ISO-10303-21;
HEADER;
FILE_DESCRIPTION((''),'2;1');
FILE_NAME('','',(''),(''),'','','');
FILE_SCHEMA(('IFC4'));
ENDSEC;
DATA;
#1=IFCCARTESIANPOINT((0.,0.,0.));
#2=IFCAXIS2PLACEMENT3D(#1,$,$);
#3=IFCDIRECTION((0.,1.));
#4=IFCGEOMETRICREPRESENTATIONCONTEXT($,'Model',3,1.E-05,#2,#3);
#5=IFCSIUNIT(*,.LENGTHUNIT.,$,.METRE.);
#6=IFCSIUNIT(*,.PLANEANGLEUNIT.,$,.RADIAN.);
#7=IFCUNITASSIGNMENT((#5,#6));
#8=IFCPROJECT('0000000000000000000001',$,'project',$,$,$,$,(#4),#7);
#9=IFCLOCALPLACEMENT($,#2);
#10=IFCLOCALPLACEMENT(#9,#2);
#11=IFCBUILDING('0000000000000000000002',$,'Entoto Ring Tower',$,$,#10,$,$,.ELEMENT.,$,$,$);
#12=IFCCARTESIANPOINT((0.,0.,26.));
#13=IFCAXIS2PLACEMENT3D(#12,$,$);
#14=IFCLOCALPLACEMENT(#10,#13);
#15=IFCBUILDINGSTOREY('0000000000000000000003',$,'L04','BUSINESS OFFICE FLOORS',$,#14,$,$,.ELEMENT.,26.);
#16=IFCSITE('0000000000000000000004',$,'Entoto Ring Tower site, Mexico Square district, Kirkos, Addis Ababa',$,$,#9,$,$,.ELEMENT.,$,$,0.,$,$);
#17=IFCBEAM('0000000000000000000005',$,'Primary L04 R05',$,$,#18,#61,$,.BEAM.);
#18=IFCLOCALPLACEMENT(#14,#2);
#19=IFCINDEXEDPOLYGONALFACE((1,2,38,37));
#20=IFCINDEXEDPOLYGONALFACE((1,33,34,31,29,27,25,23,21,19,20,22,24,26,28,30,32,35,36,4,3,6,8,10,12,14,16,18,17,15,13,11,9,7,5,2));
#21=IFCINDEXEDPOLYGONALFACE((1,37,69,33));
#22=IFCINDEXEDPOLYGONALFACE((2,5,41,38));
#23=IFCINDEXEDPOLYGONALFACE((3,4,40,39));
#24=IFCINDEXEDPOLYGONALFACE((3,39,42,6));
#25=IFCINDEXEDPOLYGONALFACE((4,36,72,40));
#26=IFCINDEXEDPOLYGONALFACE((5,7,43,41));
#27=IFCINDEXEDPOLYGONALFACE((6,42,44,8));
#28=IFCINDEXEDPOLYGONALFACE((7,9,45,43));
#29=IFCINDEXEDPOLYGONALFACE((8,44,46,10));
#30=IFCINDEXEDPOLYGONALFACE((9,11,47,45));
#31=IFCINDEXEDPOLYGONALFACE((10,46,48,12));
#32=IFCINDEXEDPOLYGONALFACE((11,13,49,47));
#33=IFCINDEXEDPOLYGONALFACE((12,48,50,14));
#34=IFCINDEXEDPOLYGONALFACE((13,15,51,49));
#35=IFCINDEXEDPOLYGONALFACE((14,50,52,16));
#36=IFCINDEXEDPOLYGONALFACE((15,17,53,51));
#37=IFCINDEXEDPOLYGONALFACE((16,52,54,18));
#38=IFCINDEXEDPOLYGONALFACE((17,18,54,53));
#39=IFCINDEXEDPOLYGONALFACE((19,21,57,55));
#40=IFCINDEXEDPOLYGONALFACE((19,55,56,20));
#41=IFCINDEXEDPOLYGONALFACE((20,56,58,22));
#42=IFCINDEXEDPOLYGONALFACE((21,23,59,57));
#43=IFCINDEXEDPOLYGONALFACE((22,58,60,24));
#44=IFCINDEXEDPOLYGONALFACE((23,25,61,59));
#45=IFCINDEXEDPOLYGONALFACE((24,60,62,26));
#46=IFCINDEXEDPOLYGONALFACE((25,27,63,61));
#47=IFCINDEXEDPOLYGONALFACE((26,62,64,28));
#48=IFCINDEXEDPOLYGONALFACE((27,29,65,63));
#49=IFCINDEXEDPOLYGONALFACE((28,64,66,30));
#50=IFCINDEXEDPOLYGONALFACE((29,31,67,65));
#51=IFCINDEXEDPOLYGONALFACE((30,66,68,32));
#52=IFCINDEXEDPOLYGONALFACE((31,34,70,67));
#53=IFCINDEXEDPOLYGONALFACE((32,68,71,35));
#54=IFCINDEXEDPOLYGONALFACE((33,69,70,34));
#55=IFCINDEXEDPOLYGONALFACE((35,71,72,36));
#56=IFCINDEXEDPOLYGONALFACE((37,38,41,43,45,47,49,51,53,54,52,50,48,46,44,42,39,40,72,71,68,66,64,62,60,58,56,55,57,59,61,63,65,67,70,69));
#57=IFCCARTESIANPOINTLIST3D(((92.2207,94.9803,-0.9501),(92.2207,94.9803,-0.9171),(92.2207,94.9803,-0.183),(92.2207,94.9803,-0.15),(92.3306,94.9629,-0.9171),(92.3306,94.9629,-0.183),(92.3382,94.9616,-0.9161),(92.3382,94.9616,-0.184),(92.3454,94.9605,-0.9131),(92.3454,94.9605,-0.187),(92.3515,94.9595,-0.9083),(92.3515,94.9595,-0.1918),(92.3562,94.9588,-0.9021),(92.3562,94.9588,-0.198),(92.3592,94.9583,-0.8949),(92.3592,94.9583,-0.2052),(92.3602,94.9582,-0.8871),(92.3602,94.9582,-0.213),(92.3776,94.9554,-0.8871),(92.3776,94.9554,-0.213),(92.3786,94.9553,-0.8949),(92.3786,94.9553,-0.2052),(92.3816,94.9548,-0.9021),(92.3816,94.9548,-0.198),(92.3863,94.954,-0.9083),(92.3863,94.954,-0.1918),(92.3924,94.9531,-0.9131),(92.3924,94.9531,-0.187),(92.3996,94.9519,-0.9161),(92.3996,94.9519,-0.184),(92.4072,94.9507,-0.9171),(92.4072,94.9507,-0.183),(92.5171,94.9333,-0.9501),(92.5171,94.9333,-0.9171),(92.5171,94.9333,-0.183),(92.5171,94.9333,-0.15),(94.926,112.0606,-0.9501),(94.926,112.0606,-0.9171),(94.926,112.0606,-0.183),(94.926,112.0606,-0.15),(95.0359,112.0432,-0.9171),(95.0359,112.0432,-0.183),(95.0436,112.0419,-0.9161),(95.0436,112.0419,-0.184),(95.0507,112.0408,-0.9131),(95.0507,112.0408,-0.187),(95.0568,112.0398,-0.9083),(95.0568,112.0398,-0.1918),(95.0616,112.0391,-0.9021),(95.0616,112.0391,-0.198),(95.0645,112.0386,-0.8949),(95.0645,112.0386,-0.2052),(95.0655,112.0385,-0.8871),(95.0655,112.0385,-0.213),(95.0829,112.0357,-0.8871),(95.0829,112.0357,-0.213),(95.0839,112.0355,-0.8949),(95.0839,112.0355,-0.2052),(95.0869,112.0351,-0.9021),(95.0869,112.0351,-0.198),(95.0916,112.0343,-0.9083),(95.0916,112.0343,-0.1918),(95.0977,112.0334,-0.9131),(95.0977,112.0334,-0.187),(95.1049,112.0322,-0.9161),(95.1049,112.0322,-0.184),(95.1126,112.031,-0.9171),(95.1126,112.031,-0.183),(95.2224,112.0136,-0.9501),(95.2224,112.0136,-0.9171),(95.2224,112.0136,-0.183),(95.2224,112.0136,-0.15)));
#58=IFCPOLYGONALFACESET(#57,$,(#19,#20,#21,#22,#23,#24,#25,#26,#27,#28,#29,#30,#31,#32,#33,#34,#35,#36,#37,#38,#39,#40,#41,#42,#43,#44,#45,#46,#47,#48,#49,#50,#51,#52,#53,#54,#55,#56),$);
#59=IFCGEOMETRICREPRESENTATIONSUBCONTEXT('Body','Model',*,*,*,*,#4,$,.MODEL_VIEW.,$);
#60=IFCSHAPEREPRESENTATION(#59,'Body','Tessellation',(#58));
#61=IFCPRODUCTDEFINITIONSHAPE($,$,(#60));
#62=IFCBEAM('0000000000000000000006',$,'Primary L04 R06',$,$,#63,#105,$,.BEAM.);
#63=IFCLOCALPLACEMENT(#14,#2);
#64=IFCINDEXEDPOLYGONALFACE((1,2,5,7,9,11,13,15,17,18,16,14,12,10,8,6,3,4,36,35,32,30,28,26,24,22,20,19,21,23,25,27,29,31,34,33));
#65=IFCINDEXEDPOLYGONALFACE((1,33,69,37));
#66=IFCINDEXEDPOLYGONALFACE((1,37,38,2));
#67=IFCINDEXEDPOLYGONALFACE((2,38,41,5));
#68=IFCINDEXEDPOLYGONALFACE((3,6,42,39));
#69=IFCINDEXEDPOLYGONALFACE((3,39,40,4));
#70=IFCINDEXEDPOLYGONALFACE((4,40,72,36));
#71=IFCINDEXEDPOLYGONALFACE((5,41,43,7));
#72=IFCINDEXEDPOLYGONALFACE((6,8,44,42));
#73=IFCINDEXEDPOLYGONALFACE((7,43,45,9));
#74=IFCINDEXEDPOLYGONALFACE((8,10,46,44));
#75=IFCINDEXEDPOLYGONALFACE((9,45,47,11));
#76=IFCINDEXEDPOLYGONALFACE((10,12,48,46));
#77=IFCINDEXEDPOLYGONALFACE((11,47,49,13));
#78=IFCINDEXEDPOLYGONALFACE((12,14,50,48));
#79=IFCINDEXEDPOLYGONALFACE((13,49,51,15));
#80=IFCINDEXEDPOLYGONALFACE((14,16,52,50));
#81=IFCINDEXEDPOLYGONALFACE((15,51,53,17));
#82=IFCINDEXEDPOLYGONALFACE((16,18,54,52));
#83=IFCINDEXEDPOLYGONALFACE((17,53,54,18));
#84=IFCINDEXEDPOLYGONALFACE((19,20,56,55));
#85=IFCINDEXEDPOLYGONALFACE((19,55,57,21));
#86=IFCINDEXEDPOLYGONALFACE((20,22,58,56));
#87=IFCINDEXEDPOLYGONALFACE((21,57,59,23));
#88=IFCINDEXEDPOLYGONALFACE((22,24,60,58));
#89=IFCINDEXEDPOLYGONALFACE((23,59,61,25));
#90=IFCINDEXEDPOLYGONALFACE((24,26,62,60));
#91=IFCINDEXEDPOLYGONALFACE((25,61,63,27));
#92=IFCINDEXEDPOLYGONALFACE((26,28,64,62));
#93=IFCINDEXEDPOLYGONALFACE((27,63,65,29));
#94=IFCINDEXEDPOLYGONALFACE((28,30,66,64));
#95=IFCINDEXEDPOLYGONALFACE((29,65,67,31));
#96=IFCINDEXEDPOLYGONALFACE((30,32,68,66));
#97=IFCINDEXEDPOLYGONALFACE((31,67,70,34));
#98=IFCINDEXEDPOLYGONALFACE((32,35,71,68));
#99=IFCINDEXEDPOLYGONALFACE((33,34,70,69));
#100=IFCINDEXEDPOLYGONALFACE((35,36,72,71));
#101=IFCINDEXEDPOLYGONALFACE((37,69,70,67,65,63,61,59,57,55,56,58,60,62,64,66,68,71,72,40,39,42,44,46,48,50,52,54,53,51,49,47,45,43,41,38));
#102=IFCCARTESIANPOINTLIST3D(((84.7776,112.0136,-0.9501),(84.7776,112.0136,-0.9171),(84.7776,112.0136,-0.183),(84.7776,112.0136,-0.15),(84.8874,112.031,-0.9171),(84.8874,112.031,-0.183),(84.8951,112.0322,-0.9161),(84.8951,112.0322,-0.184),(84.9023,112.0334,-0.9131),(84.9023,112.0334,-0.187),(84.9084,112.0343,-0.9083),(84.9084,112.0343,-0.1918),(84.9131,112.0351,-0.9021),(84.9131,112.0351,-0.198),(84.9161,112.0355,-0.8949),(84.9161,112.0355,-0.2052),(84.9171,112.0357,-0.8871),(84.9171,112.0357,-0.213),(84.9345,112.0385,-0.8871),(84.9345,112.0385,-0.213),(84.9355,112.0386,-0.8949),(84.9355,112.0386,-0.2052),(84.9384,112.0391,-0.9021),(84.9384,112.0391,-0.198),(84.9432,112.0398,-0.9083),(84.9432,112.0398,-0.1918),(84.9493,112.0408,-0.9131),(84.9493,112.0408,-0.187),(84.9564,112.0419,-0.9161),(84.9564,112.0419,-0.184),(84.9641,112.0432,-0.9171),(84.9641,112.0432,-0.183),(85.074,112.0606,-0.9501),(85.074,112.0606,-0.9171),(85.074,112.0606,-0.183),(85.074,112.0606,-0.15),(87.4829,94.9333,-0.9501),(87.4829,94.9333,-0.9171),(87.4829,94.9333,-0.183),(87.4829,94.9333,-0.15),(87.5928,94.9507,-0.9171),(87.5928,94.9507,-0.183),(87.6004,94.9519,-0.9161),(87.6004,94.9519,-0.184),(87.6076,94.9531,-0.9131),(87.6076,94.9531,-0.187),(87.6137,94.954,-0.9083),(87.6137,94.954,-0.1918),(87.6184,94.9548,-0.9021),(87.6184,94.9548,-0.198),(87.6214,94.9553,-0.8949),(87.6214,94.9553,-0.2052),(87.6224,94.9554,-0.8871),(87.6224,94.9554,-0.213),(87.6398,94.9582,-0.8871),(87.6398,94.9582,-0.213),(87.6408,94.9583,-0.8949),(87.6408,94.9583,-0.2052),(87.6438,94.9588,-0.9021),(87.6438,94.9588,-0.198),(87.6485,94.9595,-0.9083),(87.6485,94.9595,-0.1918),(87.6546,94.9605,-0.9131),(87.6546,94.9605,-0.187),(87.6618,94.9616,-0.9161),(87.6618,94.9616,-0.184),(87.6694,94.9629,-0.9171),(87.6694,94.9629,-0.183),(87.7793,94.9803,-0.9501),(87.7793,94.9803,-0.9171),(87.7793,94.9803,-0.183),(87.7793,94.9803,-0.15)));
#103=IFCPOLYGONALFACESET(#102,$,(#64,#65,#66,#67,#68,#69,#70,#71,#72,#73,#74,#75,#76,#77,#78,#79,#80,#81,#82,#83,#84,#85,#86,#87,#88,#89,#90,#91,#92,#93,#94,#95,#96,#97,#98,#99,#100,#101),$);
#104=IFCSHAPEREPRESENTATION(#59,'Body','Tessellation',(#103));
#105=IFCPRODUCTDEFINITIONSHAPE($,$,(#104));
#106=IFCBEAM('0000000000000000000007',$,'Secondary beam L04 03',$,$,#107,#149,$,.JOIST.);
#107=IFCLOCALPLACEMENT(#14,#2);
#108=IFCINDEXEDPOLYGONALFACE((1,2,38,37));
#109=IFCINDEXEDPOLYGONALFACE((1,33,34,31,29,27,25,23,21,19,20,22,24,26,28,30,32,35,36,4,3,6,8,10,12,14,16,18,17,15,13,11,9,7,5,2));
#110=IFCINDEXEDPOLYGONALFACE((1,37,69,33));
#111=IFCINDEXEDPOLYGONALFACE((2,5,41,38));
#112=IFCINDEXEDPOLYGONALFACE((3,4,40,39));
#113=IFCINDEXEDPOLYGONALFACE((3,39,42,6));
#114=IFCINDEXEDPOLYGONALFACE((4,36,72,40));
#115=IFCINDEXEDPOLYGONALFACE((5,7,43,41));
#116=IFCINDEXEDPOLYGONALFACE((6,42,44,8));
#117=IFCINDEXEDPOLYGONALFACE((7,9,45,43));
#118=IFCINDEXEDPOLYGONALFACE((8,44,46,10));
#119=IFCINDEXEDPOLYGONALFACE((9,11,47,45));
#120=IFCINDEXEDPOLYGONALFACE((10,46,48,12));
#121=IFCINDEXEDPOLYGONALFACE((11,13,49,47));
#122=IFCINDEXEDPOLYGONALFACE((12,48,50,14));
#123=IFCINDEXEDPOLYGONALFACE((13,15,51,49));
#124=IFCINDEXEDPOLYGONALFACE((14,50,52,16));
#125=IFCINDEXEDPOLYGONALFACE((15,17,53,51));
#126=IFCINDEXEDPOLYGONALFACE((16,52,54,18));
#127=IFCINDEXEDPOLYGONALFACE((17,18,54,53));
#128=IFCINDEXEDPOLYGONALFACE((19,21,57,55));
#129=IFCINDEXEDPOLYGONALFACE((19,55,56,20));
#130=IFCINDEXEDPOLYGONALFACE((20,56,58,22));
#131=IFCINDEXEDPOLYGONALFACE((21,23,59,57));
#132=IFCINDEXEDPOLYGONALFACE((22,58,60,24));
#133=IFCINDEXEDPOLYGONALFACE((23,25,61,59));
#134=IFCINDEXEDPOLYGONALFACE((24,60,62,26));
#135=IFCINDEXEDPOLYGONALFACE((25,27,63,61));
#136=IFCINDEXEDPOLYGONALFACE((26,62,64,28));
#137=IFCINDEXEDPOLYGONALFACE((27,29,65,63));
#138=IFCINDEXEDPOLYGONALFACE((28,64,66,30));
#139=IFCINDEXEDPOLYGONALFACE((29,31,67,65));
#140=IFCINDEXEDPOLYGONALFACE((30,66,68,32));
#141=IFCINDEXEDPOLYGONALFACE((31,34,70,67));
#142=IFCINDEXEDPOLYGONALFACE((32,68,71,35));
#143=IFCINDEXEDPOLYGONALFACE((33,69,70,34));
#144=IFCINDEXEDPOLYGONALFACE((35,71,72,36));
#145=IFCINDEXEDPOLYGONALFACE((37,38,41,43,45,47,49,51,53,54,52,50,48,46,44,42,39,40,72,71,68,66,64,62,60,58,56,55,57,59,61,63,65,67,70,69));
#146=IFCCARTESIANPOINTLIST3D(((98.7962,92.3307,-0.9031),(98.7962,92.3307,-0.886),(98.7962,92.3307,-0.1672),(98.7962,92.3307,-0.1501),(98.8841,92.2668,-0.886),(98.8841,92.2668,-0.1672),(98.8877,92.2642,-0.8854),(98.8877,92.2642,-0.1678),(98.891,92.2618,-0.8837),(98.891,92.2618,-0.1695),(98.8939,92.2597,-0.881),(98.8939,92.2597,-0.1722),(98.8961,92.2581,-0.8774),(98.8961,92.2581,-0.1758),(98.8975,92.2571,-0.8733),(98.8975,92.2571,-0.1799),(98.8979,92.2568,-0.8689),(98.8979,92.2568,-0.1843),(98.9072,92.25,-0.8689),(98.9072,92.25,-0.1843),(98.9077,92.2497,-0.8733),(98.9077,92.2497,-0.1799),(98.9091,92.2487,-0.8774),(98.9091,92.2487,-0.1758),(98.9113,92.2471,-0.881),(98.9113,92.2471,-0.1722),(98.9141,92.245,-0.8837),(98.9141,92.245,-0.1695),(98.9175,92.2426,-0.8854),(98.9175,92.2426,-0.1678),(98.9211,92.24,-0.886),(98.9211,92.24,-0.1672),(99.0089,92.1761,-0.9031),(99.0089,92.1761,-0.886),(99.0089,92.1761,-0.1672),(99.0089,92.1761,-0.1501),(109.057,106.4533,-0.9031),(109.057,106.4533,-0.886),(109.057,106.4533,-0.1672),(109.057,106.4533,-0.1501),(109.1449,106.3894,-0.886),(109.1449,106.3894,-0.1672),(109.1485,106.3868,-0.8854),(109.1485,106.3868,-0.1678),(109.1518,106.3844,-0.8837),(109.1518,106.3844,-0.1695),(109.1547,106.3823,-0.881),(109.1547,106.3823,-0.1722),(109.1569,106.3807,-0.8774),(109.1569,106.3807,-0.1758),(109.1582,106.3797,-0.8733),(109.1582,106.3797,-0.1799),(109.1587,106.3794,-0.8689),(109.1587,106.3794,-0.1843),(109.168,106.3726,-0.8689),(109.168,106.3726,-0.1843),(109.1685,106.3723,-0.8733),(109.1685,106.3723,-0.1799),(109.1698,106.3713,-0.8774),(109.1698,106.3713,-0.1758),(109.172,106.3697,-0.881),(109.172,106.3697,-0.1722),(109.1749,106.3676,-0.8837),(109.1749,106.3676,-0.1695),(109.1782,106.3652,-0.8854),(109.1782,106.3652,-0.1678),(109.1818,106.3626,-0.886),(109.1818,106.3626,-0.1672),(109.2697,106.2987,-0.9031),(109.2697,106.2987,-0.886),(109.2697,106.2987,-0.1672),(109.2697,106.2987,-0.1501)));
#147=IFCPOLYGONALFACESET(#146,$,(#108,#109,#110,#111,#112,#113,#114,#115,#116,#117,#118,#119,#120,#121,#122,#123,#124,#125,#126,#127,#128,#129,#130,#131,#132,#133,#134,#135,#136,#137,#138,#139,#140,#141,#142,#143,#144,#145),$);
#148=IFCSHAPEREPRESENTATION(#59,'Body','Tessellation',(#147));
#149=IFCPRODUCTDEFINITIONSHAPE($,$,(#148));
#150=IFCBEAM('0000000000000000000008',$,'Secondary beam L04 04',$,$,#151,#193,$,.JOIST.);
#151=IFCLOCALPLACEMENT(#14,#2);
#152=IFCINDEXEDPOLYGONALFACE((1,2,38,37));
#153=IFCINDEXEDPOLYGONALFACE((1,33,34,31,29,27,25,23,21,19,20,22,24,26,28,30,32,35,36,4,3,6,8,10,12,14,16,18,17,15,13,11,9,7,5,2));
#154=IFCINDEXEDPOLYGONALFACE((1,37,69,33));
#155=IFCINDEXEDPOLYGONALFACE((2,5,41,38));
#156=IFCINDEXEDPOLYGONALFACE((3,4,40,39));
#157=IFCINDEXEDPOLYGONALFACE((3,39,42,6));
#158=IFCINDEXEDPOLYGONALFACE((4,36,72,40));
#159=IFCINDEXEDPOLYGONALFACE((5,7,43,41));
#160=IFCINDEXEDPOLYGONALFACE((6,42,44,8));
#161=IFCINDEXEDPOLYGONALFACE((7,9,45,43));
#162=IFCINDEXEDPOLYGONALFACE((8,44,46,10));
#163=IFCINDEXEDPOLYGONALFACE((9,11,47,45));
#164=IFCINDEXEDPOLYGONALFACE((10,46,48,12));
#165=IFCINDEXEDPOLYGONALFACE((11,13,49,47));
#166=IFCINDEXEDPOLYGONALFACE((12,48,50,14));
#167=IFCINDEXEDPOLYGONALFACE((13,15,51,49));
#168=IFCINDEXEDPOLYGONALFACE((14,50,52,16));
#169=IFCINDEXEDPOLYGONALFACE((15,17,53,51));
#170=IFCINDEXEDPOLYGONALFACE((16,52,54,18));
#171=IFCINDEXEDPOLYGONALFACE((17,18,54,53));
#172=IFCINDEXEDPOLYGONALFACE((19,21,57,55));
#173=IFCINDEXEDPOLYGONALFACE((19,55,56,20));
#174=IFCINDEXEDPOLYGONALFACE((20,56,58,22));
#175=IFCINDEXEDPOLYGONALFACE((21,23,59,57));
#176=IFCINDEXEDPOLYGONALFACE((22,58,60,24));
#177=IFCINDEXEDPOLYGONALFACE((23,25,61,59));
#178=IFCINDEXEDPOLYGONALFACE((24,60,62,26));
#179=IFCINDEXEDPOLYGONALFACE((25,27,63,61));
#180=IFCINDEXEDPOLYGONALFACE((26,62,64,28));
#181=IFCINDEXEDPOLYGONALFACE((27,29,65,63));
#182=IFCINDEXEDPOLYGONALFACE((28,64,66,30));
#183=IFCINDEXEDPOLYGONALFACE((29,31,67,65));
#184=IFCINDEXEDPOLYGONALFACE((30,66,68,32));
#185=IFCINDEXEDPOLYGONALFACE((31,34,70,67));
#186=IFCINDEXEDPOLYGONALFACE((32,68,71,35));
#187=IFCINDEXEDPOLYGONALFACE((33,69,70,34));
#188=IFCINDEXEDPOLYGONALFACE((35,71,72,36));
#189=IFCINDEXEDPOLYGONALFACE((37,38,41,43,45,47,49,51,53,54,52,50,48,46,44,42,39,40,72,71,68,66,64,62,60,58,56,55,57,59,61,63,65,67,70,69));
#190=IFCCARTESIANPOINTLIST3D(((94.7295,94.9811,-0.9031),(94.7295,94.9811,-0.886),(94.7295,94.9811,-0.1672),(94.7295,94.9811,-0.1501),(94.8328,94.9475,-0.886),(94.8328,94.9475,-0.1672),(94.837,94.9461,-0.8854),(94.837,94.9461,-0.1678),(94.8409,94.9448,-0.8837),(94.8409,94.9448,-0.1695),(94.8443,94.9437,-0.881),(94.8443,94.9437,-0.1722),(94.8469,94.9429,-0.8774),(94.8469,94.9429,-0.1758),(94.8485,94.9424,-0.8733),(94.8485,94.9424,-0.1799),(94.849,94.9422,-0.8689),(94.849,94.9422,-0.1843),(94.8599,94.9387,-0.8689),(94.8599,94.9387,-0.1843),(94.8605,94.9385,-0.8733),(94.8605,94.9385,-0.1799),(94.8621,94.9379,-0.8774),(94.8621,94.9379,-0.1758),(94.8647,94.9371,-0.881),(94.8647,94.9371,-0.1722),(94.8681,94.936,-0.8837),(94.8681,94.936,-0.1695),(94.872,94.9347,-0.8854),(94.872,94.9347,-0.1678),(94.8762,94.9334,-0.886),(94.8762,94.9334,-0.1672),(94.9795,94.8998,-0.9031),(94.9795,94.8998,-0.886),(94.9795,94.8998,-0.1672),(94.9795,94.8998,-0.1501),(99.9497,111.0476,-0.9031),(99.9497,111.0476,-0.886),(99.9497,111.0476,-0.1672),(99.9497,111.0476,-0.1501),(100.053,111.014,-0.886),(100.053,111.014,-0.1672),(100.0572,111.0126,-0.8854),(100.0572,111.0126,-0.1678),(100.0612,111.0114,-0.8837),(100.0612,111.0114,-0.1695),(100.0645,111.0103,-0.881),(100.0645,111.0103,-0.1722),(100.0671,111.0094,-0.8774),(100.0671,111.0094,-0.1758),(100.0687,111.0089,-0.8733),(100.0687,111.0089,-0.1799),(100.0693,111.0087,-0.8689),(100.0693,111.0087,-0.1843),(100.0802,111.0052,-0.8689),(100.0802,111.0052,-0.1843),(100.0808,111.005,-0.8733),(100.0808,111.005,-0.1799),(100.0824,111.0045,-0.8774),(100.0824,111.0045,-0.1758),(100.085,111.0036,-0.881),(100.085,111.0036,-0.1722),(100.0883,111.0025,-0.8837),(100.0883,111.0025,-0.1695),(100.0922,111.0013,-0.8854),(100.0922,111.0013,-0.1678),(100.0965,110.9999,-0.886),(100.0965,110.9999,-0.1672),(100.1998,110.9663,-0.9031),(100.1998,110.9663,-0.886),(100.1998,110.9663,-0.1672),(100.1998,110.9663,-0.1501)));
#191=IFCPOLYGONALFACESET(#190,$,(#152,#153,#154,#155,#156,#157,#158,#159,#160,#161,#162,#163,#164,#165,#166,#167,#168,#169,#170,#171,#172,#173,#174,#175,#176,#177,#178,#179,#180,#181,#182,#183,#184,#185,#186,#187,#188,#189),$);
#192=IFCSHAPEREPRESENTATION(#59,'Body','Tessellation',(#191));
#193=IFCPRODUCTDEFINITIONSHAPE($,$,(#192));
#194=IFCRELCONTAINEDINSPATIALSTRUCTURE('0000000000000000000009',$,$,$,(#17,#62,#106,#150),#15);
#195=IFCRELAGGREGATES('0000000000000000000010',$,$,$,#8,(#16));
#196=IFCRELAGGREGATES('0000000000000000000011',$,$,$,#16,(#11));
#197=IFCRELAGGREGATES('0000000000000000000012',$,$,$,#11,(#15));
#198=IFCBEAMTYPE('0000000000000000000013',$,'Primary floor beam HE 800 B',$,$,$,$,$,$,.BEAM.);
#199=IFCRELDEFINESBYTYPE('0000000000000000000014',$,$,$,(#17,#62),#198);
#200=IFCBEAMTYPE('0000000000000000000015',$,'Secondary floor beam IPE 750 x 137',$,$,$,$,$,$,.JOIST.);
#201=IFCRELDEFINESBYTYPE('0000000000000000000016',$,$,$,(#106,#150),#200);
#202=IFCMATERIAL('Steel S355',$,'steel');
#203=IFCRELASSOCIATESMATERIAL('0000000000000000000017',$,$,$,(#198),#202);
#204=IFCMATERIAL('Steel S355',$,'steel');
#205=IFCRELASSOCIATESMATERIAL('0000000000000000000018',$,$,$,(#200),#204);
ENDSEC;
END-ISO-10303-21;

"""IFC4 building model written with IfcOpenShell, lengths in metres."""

from ifc_helpers import new_model, si_unit, direction, frame, origin, origin_2d, place, context, subcontext, project, spatial, i_section, extrude, material, material_profile, profile_set, type_object, element, save


model = new_model("IFC4")

# Units and contexts
model_context = context("Model", 3, precision=1e-05, world=origin(), true_north=direction((0.0, 1.0)))
body_context = subcontext(model_context, "Body", "Model", "MODEL_VIEW")
ifc_project = project(units=[si_unit("LENGTHUNIT", "METRE"), si_unit("PLANEANGLEUNIT", "RADIAN")], contexts=[model_context])

# Site, building, storey
site_placement = place(None, origin())
site = spatial("IfcSite", under=ifc_project, at=site_placement, Name="Entoto Ring Tower site, Mexico Square district, Kirkos, Addis Ababa", CompositionType="ELEMENT", RefElevation=0.0)
building_placement = place(site_placement, origin())
building = spatial("IfcBuilding", under=site, at=building_placement, Name="Entoto Ring Tower", CompositionType="ELEMENT")
storey_placement = place(building_placement, frame((0.0, 0.0, 26.0)))
storey = spatial("IfcBuildingStorey", under=building, at=storey_placement, Name="L04", Description="BUSINESS OFFICE FLOORS", CompositionType="ELEMENT", Elevation=26.0)

# Beams
ifc_material_1 = material(Name="Steel S355", Category="steel")
ifc_material_profile_1 = material_profile(ifc_material_1, i_section(OverallWidth=0.3, OverallDepth=0.8, WebThickness=0.0176, FlangeThickness=0.033, FilletRadius=0.03, at=origin_2d()), Name="HE 800 B")
ifc_profile_set_1 = profile_set([ifc_material_profile_1], Name="Steel S355")
beam_type_1 = type_object("IfcBeamType", Name="Primary floor beam HE 800 B", PredefinedType="BEAM", material=ifc_profile_set_1)
for number, where, z_axis, x_axis, name in (
    (1, (92.3689, 94.9568, -0.55), (0.156438, 0.987688, 0.0), (-0.987688, 0.156438, 0.0), "Primary L04 R05"),
    (2, (87.6311, 94.9568, -0.55), (-0.156438, 0.987688, 0.0), (-0.987688, -0.156438, 0.0), "Primary L04 R06"),
):
    element("IfcBeam", number, at=place(storey_placement, frame(where, z_axis=z_axis, x_axis=x_axis)), inside=storey, type_object=beam_type_1, Name=name, PredefinedType="BEAM", context=body_context, shape_type="SweptSolid", body=[
        extrude(i_section(OverallWidth=0.3, OverallDepth=0.8, WebThickness=0.0176, FlangeThickness=0.033, FilletRadius=0.03, at=origin_2d()), origin(), (0.0, 0.0, 1.0), 17.2932),
    ])
ifc_material_2 = material(Name="Steel S355", Category="steel")
ifc_material_profile_2 = material_profile(ifc_material_2, i_section(OverallWidth=0.2629, OverallDepth=0.7529, WebThickness=0.0115, FlangeThickness=0.0171, FilletRadius=0.0171, at=origin_2d()), Name="IPE 750 x 137")
ifc_profile_set_2 = profile_set([ifc_material_profile_2], Name="Steel S355")
beam_type_2 = type_object("IfcBeamType", Name="Secondary floor beam IPE 750 x 137", PredefinedType="JOIST", material=ifc_profile_set_2)
beam_1_placement = place(storey_placement, frame((98.9026, 92.2534, -0.5266), z_axis=(0.587789, 0.809014, 0.0), x_axis=(-0.809014, 0.587789, 0.0)))
element("IfcBeam", 3, at=beam_1_placement, inside=storey, type_object=beam_type_2, Name="Secondary beam L04 03", PredefinedType="JOIST", context=body_context, shape_type="SweptSolid", body=[
    extrude(i_section(OverallWidth=0.2629, OverallDepth=0.7529, WebThickness=0.0115, FlangeThickness=0.0171, FilletRadius=0.0171, at=origin_2d()), origin(), (0.0, 0.0, 1.0), 17.4565),
])
beam_2_placement = place(storey_placement, frame((94.8545, 94.9404, -0.5266), z_axis=(0.309013, 0.951058, 0.0), x_axis=(-0.951058, 0.309013, 0.0)))
element("IfcBeam", 4, at=beam_2_placement, inside=storey, type_object=beam_type_2, Name="Secondary beam L04 04", PredefinedType="JOIST", context=body_context, shape_type="SweptSolid", body=[
    extrude(i_section(OverallWidth=0.2629, OverallDepth=0.7529, WebThickness=0.0115, FlangeThickness=0.0171, FilletRadius=0.0171, at=origin_2d()), origin(), (0.0, 0.0, 1.0), 16.8933),
])

save(model, "model.ifc")
